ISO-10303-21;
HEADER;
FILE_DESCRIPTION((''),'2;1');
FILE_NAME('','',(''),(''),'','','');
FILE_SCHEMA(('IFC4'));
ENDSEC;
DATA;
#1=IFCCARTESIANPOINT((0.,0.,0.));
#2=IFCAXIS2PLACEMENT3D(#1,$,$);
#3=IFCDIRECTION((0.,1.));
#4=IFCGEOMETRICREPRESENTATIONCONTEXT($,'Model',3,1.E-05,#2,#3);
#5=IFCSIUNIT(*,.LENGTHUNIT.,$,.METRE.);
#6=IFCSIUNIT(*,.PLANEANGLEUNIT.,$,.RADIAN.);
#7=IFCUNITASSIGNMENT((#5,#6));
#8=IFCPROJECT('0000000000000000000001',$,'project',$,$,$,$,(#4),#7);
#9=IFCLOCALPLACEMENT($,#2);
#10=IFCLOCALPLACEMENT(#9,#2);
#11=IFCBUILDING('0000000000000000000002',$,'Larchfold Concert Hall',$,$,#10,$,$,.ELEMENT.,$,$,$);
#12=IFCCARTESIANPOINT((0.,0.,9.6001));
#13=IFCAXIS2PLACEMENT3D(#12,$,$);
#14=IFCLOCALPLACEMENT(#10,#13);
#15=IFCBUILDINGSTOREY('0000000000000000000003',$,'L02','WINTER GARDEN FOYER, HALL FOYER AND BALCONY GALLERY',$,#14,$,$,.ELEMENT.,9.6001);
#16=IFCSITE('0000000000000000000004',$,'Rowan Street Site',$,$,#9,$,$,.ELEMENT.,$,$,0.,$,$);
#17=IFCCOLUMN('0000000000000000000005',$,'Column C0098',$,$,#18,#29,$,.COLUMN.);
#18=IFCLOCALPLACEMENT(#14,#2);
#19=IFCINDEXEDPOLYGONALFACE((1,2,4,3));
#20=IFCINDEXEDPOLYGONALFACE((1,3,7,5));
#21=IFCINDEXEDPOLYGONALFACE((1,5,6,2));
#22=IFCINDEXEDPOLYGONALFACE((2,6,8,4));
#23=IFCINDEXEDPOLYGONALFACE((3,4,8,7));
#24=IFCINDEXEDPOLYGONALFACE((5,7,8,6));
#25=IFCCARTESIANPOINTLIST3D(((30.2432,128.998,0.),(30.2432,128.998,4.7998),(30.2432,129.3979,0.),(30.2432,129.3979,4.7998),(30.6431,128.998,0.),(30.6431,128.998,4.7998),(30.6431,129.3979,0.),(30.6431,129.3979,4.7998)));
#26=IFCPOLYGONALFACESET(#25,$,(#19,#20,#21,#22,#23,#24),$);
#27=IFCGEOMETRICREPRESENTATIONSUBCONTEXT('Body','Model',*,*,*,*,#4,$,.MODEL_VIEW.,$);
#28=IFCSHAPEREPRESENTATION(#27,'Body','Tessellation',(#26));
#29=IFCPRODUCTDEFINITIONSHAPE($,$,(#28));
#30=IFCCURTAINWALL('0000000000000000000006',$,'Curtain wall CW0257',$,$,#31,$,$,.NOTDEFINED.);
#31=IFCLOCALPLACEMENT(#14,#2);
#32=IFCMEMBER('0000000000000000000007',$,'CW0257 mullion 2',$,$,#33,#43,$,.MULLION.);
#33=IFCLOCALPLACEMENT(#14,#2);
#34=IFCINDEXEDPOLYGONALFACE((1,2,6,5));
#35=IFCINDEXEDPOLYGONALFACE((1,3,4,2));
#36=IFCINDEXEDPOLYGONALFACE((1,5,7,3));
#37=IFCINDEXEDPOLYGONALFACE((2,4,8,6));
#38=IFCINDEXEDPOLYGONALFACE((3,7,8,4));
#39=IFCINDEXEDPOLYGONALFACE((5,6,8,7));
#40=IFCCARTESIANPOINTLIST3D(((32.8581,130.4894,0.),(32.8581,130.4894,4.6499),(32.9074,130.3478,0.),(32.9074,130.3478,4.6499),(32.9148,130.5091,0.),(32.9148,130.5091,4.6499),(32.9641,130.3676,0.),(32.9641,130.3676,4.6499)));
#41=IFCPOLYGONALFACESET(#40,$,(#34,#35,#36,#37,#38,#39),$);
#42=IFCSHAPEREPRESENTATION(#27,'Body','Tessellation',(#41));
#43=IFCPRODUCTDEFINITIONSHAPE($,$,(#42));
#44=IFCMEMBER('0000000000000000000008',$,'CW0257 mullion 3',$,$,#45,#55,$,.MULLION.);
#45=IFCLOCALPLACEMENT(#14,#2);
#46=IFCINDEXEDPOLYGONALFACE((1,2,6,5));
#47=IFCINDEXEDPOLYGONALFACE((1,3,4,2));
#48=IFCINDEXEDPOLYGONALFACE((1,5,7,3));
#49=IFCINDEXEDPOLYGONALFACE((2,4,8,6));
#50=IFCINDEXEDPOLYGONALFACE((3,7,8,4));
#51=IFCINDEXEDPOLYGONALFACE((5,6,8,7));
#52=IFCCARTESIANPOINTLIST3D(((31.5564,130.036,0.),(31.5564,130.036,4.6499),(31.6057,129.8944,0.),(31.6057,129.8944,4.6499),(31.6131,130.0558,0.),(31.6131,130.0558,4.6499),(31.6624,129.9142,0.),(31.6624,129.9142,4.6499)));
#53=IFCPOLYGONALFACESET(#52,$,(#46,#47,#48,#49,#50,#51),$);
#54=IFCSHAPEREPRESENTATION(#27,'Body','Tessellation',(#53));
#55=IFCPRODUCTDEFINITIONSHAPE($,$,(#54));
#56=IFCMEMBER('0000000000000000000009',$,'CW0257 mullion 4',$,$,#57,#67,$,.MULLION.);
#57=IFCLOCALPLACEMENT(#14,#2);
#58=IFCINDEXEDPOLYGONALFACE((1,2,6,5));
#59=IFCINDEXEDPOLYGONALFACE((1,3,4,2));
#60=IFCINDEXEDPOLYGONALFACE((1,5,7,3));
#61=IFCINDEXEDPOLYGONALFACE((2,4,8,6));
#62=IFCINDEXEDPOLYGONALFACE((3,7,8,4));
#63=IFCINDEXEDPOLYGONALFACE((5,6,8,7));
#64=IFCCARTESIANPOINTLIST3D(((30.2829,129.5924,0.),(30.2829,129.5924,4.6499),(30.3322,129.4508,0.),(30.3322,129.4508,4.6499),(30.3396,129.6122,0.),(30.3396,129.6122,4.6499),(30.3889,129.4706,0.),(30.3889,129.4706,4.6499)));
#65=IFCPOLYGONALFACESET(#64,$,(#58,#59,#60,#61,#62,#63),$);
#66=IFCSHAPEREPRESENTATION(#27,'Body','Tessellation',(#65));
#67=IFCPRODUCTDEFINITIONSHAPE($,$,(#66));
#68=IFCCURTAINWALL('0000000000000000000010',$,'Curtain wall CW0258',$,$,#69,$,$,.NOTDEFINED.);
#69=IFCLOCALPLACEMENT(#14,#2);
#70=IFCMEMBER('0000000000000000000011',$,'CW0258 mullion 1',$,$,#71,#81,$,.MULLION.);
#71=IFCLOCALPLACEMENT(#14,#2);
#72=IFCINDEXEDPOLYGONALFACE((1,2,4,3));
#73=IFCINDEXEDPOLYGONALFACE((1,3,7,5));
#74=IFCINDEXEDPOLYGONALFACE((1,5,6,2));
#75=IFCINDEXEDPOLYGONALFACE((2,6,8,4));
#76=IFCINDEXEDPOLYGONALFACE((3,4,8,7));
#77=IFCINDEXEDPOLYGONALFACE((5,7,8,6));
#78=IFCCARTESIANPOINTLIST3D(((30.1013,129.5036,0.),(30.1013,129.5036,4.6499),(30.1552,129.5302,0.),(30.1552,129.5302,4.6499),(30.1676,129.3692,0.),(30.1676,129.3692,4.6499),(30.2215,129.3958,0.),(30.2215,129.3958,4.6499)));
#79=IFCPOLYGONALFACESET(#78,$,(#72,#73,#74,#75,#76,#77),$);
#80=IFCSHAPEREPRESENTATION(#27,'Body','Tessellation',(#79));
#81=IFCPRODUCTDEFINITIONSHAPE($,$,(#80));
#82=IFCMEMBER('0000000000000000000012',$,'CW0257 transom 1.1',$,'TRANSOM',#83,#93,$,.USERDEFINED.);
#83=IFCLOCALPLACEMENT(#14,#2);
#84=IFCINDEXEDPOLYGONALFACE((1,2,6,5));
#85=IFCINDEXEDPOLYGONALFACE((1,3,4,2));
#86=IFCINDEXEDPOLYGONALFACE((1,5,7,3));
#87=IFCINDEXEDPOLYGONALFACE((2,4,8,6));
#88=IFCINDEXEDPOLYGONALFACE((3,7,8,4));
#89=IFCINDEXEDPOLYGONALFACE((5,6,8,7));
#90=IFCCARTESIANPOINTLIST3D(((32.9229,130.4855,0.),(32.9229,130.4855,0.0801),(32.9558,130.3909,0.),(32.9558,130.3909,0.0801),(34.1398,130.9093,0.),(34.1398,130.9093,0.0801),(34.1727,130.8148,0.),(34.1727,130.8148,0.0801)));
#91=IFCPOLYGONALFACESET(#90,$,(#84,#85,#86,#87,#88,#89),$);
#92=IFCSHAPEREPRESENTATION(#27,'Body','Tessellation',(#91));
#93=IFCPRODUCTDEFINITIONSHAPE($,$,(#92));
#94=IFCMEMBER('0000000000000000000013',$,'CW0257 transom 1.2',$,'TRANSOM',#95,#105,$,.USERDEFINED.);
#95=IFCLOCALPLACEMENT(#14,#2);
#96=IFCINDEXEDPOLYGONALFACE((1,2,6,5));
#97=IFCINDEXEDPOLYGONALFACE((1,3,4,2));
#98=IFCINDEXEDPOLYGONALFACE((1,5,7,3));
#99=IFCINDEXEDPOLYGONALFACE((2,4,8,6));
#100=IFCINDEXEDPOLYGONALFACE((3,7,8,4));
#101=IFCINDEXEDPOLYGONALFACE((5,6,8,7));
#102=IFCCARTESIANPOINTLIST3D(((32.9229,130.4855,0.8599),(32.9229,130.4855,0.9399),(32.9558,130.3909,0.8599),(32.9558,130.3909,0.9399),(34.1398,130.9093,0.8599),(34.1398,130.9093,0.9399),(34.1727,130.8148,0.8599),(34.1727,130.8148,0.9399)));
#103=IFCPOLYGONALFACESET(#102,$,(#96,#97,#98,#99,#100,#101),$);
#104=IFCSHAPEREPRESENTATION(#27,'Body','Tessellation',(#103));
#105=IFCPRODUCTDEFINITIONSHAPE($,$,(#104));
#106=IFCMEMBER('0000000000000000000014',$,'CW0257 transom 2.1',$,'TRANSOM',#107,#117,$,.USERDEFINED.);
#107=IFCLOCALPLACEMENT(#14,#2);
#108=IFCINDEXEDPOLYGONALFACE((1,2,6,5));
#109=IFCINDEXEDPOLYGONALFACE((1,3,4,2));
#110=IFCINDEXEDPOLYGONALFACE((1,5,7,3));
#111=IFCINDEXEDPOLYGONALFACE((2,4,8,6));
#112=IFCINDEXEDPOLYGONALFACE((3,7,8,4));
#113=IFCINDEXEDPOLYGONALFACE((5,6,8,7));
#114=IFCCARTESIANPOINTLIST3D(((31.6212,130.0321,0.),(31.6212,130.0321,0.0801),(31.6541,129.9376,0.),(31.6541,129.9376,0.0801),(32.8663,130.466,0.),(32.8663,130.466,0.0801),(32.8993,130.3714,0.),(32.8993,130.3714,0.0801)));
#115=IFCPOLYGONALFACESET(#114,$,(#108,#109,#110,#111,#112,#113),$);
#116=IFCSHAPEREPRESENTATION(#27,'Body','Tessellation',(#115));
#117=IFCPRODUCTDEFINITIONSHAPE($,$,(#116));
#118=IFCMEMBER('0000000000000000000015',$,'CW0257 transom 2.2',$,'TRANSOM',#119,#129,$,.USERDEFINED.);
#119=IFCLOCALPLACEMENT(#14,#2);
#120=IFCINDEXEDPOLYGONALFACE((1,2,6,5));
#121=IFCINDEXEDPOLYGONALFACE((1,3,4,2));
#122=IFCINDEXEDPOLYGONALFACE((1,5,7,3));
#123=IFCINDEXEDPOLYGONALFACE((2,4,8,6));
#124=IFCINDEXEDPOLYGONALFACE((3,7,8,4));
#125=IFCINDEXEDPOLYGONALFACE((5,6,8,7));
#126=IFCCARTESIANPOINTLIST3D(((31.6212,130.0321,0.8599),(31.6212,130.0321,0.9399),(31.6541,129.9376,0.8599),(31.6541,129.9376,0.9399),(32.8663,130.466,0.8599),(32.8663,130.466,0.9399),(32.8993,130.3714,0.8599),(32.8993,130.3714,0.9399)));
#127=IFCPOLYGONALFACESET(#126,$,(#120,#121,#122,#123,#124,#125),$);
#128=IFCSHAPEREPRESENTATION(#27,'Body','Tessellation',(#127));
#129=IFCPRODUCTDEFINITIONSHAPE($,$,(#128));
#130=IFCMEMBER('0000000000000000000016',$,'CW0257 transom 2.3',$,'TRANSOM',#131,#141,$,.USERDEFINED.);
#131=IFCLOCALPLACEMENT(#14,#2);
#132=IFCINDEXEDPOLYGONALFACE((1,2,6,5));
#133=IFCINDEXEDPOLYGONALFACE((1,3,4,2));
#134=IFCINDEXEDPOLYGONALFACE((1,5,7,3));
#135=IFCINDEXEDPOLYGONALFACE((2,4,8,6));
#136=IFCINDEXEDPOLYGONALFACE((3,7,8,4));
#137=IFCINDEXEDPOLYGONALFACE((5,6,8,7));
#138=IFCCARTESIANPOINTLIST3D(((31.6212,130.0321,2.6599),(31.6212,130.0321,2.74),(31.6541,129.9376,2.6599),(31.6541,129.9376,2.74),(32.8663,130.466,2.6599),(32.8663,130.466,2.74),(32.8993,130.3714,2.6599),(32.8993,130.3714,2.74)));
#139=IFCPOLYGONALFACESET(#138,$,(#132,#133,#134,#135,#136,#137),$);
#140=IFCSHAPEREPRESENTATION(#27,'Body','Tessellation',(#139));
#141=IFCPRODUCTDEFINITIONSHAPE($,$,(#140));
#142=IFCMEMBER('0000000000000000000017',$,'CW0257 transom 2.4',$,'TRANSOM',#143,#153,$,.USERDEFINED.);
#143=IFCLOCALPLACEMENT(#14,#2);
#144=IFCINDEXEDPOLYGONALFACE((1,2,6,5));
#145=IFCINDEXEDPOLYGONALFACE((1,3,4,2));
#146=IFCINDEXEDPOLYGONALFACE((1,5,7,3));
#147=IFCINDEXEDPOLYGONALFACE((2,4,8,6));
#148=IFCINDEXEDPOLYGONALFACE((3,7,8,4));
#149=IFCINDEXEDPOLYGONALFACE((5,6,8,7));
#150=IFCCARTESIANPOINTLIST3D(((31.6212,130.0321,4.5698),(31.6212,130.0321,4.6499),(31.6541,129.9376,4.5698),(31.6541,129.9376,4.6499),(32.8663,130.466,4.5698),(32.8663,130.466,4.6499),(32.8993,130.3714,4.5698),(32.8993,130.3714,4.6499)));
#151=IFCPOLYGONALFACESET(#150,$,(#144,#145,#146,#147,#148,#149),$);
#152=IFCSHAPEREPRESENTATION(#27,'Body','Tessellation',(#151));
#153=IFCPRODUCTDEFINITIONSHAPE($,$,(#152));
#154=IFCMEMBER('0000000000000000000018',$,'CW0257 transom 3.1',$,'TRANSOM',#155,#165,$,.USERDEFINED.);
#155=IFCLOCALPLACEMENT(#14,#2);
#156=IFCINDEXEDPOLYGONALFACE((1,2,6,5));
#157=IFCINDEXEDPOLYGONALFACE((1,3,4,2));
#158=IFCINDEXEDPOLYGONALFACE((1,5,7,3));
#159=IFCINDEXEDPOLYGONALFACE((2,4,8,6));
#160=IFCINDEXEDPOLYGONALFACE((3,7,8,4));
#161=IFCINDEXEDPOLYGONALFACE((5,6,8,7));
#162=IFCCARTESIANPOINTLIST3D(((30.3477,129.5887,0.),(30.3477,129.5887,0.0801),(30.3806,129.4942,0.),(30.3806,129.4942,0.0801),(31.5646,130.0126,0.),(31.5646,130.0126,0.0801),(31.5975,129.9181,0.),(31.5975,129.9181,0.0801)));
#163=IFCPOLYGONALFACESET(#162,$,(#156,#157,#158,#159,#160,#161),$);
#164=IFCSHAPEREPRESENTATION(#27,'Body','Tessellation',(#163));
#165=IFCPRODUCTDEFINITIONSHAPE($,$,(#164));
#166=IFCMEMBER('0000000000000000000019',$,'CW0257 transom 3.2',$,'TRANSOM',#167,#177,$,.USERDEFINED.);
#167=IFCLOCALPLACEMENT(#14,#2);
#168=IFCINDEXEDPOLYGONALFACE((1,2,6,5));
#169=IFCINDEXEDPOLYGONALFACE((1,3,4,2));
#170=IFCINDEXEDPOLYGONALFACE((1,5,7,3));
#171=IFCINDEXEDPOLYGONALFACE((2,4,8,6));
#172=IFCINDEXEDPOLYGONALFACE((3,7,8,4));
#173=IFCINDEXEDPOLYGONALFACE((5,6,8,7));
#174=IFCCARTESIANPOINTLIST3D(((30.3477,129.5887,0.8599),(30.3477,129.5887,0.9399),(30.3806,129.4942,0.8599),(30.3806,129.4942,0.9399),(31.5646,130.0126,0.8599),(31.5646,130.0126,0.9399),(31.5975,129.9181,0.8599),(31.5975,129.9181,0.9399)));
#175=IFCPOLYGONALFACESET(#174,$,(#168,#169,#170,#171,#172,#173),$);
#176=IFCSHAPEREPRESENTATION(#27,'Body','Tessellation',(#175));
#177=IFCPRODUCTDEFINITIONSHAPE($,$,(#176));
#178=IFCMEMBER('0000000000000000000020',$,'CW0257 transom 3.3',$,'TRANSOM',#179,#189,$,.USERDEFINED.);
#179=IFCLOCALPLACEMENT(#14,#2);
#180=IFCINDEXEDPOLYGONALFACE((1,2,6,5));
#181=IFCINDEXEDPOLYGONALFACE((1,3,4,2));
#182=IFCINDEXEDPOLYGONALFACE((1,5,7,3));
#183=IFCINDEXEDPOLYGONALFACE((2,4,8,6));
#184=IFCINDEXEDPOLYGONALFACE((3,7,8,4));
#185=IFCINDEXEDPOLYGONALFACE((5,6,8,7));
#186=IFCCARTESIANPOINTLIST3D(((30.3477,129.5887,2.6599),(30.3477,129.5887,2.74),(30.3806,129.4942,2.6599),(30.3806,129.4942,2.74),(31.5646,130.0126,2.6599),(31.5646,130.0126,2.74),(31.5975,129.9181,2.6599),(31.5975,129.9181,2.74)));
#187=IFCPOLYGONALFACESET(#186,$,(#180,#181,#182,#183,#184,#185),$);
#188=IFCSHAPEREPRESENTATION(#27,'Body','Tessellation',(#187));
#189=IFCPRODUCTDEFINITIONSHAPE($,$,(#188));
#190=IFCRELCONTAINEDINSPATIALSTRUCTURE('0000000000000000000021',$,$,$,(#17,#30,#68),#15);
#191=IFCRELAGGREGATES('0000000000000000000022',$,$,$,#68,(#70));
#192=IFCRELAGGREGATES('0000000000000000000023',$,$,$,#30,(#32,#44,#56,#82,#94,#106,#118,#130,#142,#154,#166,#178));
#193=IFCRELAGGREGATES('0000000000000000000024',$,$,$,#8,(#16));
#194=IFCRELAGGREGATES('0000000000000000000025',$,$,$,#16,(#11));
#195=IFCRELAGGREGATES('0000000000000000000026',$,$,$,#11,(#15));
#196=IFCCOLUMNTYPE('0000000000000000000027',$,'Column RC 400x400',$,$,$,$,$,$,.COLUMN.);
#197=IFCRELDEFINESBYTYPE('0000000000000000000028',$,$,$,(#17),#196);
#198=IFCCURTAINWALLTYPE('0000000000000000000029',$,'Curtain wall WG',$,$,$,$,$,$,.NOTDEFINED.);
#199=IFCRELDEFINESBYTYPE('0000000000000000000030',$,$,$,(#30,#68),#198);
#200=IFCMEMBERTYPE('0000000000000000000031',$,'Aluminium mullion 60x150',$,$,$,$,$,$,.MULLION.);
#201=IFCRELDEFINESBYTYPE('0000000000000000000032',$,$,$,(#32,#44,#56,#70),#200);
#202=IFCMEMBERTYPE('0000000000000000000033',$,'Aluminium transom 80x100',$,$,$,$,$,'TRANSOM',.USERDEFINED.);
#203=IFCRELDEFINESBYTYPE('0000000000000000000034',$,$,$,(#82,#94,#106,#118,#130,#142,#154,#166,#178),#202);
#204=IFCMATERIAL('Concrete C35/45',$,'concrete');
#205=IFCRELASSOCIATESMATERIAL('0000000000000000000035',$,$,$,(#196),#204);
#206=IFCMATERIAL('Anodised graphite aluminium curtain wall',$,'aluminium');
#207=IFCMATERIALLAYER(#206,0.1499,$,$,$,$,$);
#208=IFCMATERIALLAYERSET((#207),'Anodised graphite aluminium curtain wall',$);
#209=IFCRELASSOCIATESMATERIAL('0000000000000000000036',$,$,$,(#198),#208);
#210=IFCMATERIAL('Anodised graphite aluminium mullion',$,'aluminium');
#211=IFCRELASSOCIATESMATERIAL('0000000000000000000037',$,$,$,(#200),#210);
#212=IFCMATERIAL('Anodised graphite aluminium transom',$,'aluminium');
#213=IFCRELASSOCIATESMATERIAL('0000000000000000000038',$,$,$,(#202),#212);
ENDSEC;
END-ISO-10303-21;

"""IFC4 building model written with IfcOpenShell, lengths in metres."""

from ifc_helpers import new_model, si_unit, direction, frame, origin, origin_2d, place, context, subcontext, project, spatial, rectangle, extrude, material, layer, layer_set, material_profile, profile_set, type_object, element, aggregate, save


model = new_model("IFC4")

# Units and contexts
model_context = context("Model", 3, precision=1e-05, world=origin(), true_north=direction((0.0, 1.0)))
body_context = subcontext(model_context, "Body", "Model", "MODEL_VIEW")
ifc_project = project(units=[si_unit("LENGTHUNIT", "METRE"), si_unit("PLANEANGLEUNIT", "RADIAN")], contexts=[model_context])

# Site, building, storey
site_placement = place(None, origin())
site = spatial("IfcSite", under=ifc_project, at=site_placement, Name="Rowan Street Site", CompositionType="ELEMENT", RefElevation=0.0)
building_placement = place(site_placement, origin())
building = spatial("IfcBuilding", under=site, at=building_placement, Name="Larchfold Concert Hall", CompositionType="ELEMENT")
storey_placement = place(building_placement, frame((0.0, 0.0, 9.6001)))
storey = spatial("IfcBuildingStorey", under=building, at=storey_placement, Name="L02", Description="WINTER GARDEN FOYER, HALL FOYER AND BALCONY GALLERY", CompositionType="ELEMENT", Elevation=9.6001)

# Column
ifc_material_1 = material(Name="Concrete C35/45", Category="concrete")
ifc_material_profile_1 = material_profile(ifc_material_1, rectangle(XDim=0.3999, YDim=0.3999, at=origin_2d()))
ifc_profile_set_1 = profile_set([ifc_material_profile_1], Name="Concrete C35/45")
column_type = type_object("IfcColumnType", Name="Column RC 400x400", PredefinedType="COLUMN", material=ifc_profile_set_1)
column_placement = place(storey_placement, frame((30.4431, 129.198, 0.0), z_axis=(0.0, 0.0, 1.0), x_axis=(1.0, 0.0, 0.0)))
element("IfcColumn", 1, at=column_placement, inside=storey, type_object=column_type, Name="Column C0098", PredefinedType="COLUMN", context=body_context, shape_type="SweptSolid", body=[
    extrude(rectangle(XDim=0.3999, YDim=0.3999, at=origin_2d()), origin(), (0.0, 0.0, 1.0), 4.7998),
])

# Curtain wall, members
ifc_material_2 = material(Name="Anodised graphite aluminium curtain wall", Category="aluminium")
ifc_layer_1 = layer(ifc_material_2, 0.1499)
ifc_layer_set_1 = layer_set([ifc_layer_1], Name="Anodised graphite aluminium curtain wall")
curtain_wall_type = type_object("IfcCurtainWallType", Name="Curtain wall WG", PredefinedType="NOTDEFINED", material=ifc_layer_set_1)
curtain_wall_1_placement = place(storey_placement, origin())
curtain_wall_1 = element("IfcCurtainWall", 2, at=curtain_wall_1_placement, inside=storey, type_object=curtain_wall_type, Name="Curtain wall CW0257", PredefinedType="NOTDEFINED")
ifc_material_3 = material(Name="Anodised graphite aluminium mullion", Category="aluminium")
ifc_material_profile_2 = material_profile(ifc_material_3, rectangle(XDim=0.1499, YDim=0.0601, at=origin_2d()))
ifc_profile_set_2 = profile_set([ifc_material_profile_2], Name="Anodised graphite aluminium mullion")
member_type_1 = type_object("IfcMemberType", Name="Aluminium mullion 60x150", PredefinedType="MULLION", material=ifc_profile_set_2)
member_1_placement = place(storey_placement, frame((32.9111, 130.4285, 0.0), z_axis=(0.0, 0.0, 1.0), x_axis=(0.328898, -0.944365, 0.0)))
member_1 = element("IfcMember", 3, at=member_1_placement, type_object=member_type_1, Name="CW0257 mullion 2", PredefinedType="MULLION", context=body_context, shape_type="SweptSolid", body=[
    extrude(rectangle(XDim=0.1499, YDim=0.0601, at=origin_2d()), origin(), (0.0, 0.0, 1.0), 4.6499),
])
member_2_placement = place(storey_placement, frame((31.6094, 129.9751, 0.0), z_axis=(0.0, 0.0, 1.0), x_axis=(0.328898, -0.944365, 0.0)))
member_2 = element("IfcMember", 4, at=member_2_placement, type_object=member_type_1, Name="CW0257 mullion 3", PredefinedType="MULLION", context=body_context, shape_type="SweptSolid", body=[
    extrude(rectangle(XDim=0.1499, YDim=0.0601, at=origin_2d()), origin(), (0.0, 0.0, 1.0), 4.6499),
])
member_3_placement = place(storey_placement, frame((30.3359, 129.5315, 0.0), z_axis=(0.0, 0.0, 1.0), x_axis=(0.328898, -0.944365, 0.0)))
member_3 = element("IfcMember", 5, at=member_3_placement, type_object=member_type_1, Name="CW0257 mullion 4", PredefinedType="MULLION", context=body_context, shape_type="SweptSolid", body=[
    extrude(rectangle(XDim=0.1499, YDim=0.0601, at=origin_2d()), origin(), (0.0, 0.0, 1.0), 4.6499),
])

# Curtain wall, member
curtain_wall_2_placement = place(storey_placement, origin())
curtain_wall_2 = element("IfcCurtainWall", 6, at=curtain_wall_2_placement, inside=storey, type_object=curtain_wall_type, Name="Curtain wall CW0258", PredefinedType="NOTDEFINED")
member_4_placement = place(storey_placement, frame((30.1614, 129.4497, 0.0), z_axis=(0.0, 0.0, 1.0), x_axis=(0.44239, -0.896823, 0.0)))
member_4 = element("IfcMember", 7, at=member_4_placement, type_object=member_type_1, Name="CW0258 mullion 1", PredefinedType="MULLION", context=body_context, shape_type="SweptSolid", body=[
    extrude(rectangle(XDim=0.1499, YDim=0.0601, at=origin_2d()), origin(), (0.0, 0.0, 1.0), 4.6499),
])

# Members
ifc_material_4 = material(Name="Anodised graphite aluminium transom", Category="aluminium")
ifc_material_profile_3 = material_profile(ifc_material_4, rectangle(XDim=0.1001, YDim=0.0801, at=origin_2d()))
ifc_profile_set_3 = profile_set([ifc_material_profile_3], Name="Anodised graphite aluminium transom")
member_type_2 = type_object("IfcMemberType", Name="Aluminium transom 80x100", ElementType="TRANSOM", PredefinedType="USERDEFINED", material=ifc_profile_set_3)
member_5_placement = place(storey_placement, frame((34.1562, 130.8621, 0.04), z_axis=(-0.944354, -0.328932, 0.0), x_axis=(0.328932, -0.944354, 0.0)))
member_5 = element("IfcMember", 8, at=member_5_placement, type_object=member_type_2, Name="CW0257 transom 1.1", ObjectType="TRANSOM", PredefinedType="USERDEFINED", context=body_context, shape_type="SweptSolid", body=[
    extrude(rectangle(XDim=0.1001, YDim=0.0801, at=origin_2d()), origin(), (0.0, 0.0, 1.0), 1.2886),
])
member_6_placement = place(storey_placement, frame((34.1562, 130.8621, 0.8999), z_axis=(-0.944354, -0.328932, 0.0), x_axis=(0.328932, -0.944354, 0.0)))
member_6 = element("IfcMember", 9, at=member_6_placement, type_object=member_type_2, Name="CW0257 transom 1.2", ObjectType="TRANSOM", PredefinedType="USERDEFINED", context=body_context, shape_type="SweptSolid", body=[
    extrude(rectangle(XDim=0.1001, YDim=0.0801, at=origin_2d()), origin(), (0.0, 0.0, 1.0), 1.2886),
])
member_7_placement = place(storey_placement, frame((32.8828, 130.4187, 0.04), z_axis=(-0.944319, -0.32903, 0.0), x_axis=(0.32903, -0.944319, 0.0)))
member_7 = element("IfcMember", 10, at=member_7_placement, type_object=member_type_2, Name="CW0257 transom 2.1", ObjectType="TRANSOM", PredefinedType="USERDEFINED", context=body_context, shape_type="SweptSolid", body=[
    extrude(rectangle(XDim=0.1001, YDim=0.0801, at=origin_2d()), origin(), (0.0, 0.0, 1.0), 1.3186),
])
member_8_placement = place(storey_placement, frame((32.8828, 130.4187, 0.8999), z_axis=(-0.944319, -0.32903, 0.0), x_axis=(0.32903, -0.944319, 0.0)))
member_8 = element("IfcMember", 11, at=member_8_placement, type_object=member_type_2, Name="CW0257 transom 2.2", ObjectType="TRANSOM", PredefinedType="USERDEFINED", context=body_context, shape_type="SweptSolid", body=[
    extrude(rectangle(XDim=0.1001, YDim=0.0801, at=origin_2d()), origin(), (0.0, 0.0, 1.0), 1.3186),
])
member_9_placement = place(storey_placement, frame((32.8828, 130.4187, 2.7), z_axis=(-0.944319, -0.32903, 0.0), x_axis=(0.32903, -0.944319, 0.0)))
member_9 = element("IfcMember", 12, at=member_9_placement, type_object=member_type_2, Name="CW0257 transom 2.3", ObjectType="TRANSOM", PredefinedType="USERDEFINED", context=body_context, shape_type="SweptSolid", body=[
    extrude(rectangle(XDim=0.1001, YDim=0.0801, at=origin_2d()), origin(), (0.0, 0.0, 1.0), 1.3186),
])
member_10_placement = place(storey_placement, frame((32.8828, 130.4187, 4.6099), z_axis=(-0.944319, -0.32903, 0.0), x_axis=(0.32903, -0.944319, 0.0)))
member_10 = element("IfcMember", 13, at=member_10_placement, type_object=member_type_2, Name="CW0257 transom 2.4", ObjectType="TRANSOM", PredefinedType="USERDEFINED", context=body_context, shape_type="SweptSolid", body=[
    extrude(rectangle(XDim=0.1001, YDim=0.0801, at=origin_2d()), origin(), (0.0, 0.0, 1.0), 1.3186),
])
member_11_placement = place(storey_placement, frame((31.5811, 129.9653, 0.04), z_axis=(-0.944354, -0.328932, 0.0), x_axis=(0.328932, -0.944354, 0.0)))
member_11 = element("IfcMember", 14, at=member_11_placement, type_object=member_type_2, Name="CW0257 transom 3.1", ObjectType="TRANSOM", PredefinedType="USERDEFINED", context=body_context, shape_type="SweptSolid", body=[
    extrude(rectangle(XDim=0.1001, YDim=0.0801, at=origin_2d()), origin(), (0.0, 0.0, 1.0), 1.2886),
])
member_12_placement = place(storey_placement, frame((31.5811, 129.9653, 0.8999), z_axis=(-0.944354, -0.328932, 0.0), x_axis=(0.328932, -0.944354, 0.0)))
member_12 = element("IfcMember", 15, at=member_12_placement, type_object=member_type_2, Name="CW0257 transom 3.2", ObjectType="TRANSOM", PredefinedType="USERDEFINED", context=body_context, shape_type="SweptSolid", body=[
    extrude(rectangle(XDim=0.1001, YDim=0.0801, at=origin_2d()), origin(), (0.0, 0.0, 1.0), 1.2886),
])
member_13_placement = place(storey_placement, frame((31.5811, 129.9653, 2.7), z_axis=(-0.944354, -0.328932, 0.0), x_axis=(0.328932, -0.944354, 0.0)))
member_13 = element("IfcMember", 16, at=member_13_placement, type_object=member_type_2, Name="CW0257 transom 3.3", ObjectType="TRANSOM", PredefinedType="USERDEFINED", context=body_context, shape_type="SweptSolid", body=[
    extrude(rectangle(XDim=0.1001, YDim=0.0801, at=origin_2d()), origin(), (0.0, 0.0, 1.0), 1.2886),
])
aggregate(curtain_wall_2, [member_4])

aggregate(curtain_wall_1, [member_1, member_2, member_3, member_5, member_6, member_7, member_8, member_9, member_10, member_11, member_12, member_13])

save(model, "model.ifc")
